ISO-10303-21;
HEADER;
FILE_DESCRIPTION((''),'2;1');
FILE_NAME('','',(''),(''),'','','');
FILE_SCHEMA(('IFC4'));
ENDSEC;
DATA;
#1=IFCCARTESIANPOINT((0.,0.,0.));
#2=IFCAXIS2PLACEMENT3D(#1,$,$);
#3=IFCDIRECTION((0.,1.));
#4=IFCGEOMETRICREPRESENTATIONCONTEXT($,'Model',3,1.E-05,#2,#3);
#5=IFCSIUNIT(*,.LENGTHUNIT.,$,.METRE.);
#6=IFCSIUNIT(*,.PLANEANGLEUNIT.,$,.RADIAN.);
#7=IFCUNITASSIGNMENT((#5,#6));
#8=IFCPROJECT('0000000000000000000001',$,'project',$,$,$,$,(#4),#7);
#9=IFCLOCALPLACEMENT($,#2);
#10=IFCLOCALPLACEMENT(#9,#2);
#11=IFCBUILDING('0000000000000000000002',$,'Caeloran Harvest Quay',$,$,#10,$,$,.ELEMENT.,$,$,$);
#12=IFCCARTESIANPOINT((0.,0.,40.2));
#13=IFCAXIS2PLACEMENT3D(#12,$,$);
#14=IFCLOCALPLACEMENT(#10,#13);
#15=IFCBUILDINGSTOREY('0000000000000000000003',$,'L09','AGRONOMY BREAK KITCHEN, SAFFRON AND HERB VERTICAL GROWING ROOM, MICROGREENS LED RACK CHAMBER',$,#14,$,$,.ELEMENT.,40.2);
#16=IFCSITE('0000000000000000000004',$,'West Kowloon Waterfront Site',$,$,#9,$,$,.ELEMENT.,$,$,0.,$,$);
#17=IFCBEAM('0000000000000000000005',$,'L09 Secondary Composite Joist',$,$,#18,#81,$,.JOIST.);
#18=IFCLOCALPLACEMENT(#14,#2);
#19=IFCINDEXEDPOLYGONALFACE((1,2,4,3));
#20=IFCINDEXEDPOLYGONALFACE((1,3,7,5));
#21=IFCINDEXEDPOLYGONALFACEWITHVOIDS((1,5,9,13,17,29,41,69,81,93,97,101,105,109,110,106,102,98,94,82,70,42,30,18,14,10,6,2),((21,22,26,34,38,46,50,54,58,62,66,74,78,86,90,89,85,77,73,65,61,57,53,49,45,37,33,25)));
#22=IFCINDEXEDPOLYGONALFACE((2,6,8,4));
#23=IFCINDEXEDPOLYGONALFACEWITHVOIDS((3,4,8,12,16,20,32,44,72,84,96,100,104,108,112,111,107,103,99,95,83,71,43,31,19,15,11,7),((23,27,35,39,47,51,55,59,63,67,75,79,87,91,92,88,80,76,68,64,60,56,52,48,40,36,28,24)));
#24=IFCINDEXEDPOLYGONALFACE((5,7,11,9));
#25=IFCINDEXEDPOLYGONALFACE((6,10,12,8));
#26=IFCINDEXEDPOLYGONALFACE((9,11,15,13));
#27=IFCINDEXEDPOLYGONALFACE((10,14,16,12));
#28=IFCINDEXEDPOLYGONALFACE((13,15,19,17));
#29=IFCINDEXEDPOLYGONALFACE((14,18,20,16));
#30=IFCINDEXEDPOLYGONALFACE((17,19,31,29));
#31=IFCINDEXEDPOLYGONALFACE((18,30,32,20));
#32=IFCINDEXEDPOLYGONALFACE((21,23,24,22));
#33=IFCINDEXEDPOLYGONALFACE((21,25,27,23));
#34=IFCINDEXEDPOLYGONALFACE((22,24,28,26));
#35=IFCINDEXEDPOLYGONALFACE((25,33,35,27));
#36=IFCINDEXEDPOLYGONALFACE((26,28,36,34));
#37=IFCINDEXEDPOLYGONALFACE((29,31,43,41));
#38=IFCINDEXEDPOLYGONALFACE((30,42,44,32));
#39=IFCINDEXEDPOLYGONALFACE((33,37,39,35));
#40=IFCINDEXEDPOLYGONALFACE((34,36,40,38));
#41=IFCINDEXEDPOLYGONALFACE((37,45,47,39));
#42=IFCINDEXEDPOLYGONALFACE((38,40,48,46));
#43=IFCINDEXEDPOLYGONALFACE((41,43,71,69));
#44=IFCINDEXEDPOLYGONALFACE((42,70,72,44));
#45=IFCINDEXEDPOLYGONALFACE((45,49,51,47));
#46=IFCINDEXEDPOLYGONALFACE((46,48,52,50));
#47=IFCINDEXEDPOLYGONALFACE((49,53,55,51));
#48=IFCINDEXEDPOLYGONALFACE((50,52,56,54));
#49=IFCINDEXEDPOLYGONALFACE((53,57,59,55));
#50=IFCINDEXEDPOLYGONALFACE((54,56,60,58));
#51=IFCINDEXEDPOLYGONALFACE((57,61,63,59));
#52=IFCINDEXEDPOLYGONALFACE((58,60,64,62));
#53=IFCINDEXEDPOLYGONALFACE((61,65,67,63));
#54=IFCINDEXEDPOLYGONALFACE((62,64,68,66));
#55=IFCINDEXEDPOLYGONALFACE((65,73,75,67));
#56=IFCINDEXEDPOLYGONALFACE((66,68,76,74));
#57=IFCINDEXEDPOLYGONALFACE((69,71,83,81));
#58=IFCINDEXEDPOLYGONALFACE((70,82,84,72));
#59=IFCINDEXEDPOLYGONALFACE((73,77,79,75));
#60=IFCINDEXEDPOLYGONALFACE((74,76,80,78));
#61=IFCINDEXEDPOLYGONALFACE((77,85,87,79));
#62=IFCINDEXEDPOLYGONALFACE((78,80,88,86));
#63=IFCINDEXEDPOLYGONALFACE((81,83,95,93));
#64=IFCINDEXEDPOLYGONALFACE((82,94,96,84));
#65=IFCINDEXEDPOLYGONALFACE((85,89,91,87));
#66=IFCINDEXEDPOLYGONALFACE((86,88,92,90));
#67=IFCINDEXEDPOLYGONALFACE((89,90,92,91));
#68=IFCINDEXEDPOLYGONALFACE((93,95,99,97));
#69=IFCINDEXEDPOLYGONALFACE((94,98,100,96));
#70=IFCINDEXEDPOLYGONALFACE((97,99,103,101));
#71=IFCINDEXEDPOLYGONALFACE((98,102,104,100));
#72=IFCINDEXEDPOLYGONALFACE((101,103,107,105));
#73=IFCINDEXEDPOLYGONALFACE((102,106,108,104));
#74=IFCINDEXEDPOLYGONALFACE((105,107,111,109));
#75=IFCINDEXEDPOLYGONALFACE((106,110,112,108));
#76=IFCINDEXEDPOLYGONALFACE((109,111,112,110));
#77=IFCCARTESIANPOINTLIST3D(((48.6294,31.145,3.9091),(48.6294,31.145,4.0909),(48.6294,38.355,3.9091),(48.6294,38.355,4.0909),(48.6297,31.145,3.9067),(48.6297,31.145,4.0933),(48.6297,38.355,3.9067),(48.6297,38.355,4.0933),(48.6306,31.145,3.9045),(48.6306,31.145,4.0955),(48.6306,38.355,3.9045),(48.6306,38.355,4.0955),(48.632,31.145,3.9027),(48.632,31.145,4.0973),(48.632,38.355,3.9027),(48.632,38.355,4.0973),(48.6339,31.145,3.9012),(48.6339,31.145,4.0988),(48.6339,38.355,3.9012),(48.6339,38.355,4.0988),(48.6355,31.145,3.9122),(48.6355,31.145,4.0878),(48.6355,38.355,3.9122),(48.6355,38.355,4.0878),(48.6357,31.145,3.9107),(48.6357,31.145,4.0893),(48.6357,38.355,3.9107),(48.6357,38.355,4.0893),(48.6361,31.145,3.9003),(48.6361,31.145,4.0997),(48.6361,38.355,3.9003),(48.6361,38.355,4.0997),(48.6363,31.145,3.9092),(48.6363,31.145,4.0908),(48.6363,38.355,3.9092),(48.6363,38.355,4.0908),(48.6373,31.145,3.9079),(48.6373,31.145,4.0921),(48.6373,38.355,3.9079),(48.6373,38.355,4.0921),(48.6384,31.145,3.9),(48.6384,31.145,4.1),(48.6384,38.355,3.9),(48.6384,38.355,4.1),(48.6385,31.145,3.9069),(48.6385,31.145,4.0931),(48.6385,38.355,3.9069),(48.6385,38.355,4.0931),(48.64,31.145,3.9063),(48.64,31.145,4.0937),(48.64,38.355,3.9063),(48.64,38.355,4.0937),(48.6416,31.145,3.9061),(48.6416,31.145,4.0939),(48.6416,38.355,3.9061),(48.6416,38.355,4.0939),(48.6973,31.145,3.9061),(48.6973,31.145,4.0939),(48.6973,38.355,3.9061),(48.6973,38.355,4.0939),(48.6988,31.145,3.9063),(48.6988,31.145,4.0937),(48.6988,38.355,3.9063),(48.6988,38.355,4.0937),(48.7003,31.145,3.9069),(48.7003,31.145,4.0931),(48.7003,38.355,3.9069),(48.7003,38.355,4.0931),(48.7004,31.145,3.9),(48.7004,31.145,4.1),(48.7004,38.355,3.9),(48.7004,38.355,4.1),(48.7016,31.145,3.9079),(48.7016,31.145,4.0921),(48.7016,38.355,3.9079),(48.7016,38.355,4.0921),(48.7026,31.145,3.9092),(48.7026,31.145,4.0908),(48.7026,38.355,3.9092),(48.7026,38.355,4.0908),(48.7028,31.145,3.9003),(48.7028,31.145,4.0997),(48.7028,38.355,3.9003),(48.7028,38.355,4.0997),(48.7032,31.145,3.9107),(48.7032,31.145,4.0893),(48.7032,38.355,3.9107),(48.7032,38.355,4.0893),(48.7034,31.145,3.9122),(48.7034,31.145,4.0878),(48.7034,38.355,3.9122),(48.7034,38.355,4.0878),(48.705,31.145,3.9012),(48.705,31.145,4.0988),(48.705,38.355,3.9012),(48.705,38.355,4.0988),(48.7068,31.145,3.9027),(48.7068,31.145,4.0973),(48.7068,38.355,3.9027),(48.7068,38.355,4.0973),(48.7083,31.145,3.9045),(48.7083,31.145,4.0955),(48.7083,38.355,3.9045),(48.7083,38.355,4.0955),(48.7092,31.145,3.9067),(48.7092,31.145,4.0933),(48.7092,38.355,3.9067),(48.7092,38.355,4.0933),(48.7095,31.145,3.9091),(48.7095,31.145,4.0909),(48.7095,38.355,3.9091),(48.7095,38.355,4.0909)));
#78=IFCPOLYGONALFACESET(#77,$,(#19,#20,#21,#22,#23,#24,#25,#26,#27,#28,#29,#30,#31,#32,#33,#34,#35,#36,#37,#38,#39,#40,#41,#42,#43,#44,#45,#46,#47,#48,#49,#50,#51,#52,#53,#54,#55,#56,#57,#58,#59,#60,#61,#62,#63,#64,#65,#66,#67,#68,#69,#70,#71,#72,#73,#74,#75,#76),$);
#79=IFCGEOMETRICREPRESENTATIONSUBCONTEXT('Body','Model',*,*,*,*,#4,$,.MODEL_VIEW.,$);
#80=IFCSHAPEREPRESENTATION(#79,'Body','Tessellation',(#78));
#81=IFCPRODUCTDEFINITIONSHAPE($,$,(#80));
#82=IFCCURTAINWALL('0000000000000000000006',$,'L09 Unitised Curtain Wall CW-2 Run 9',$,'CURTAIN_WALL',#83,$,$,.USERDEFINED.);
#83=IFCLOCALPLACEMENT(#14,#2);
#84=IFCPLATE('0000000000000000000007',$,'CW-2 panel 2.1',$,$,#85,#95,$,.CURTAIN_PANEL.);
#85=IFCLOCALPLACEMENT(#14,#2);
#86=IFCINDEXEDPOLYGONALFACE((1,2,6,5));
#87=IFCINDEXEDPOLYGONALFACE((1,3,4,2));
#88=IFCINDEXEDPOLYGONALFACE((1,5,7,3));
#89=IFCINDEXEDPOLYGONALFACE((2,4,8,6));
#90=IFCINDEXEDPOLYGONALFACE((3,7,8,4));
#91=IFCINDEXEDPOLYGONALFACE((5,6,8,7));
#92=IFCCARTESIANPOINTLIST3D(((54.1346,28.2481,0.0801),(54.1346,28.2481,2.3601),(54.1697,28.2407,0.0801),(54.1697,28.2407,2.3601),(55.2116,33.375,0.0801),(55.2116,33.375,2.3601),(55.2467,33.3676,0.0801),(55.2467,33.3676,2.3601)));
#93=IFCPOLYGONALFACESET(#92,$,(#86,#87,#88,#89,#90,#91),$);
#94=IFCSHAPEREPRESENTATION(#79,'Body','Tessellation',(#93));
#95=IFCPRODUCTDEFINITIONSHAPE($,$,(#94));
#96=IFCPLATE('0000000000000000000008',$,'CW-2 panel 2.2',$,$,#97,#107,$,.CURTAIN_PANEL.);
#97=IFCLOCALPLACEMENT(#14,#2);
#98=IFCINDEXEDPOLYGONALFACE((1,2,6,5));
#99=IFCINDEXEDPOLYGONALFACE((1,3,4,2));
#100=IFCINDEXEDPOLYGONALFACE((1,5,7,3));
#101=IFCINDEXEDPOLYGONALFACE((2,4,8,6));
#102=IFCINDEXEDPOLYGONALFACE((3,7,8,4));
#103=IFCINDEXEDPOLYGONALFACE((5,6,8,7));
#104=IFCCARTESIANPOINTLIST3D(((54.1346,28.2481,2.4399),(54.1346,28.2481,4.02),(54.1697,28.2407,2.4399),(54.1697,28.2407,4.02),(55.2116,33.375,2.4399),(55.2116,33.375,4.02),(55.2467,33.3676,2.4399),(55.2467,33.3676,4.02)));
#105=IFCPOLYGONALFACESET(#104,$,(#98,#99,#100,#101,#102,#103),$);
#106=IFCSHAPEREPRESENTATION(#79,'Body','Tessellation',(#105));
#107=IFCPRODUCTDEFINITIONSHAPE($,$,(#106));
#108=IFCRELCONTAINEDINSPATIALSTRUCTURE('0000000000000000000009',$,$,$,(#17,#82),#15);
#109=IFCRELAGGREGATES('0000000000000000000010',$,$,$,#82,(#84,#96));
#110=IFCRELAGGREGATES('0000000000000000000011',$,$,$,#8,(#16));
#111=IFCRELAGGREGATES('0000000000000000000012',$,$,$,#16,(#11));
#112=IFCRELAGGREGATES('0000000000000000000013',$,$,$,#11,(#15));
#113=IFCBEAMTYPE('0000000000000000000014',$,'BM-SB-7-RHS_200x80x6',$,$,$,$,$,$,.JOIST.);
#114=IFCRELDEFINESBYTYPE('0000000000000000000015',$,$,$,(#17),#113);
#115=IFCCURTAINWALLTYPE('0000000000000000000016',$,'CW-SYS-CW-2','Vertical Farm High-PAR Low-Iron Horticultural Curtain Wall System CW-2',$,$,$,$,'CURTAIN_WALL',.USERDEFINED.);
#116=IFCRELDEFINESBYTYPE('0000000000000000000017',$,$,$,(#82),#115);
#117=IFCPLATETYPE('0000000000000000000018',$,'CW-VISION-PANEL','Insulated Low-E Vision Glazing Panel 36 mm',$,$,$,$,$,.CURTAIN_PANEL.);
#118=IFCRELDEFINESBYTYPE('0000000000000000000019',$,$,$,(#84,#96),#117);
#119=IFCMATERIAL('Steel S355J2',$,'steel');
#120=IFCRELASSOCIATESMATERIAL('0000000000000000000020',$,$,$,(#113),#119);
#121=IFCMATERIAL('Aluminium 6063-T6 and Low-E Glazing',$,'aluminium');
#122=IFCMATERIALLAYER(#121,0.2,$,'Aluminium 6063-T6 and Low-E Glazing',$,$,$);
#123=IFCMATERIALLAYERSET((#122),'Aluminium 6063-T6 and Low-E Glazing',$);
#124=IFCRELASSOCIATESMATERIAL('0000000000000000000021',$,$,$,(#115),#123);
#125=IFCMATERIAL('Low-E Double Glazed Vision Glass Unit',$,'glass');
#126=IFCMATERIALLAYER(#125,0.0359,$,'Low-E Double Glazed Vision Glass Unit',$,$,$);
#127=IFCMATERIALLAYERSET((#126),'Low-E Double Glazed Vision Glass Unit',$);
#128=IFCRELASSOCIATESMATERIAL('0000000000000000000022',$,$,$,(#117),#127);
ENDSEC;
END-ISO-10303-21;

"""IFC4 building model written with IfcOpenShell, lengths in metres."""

from ifc_helpers import new_model, si_unit, direction, frame, origin, origin_2d, place, context, subcontext, project, spatial, rectangle, hollow_rectangle, extrude, material, layer, layer_set, material_profile, profile_set, type_object, element, aggregate, save


model = new_model("IFC4")

# Units and contexts
model_context = context("Model", 3, precision=1e-05, world=origin(), true_north=direction((0.0, 1.0)))
body_context = subcontext(model_context, "Body", "Model", "MODEL_VIEW")
ifc_project = project(units=[si_unit("LENGTHUNIT", "METRE"), si_unit("PLANEANGLEUNIT", "RADIAN")], contexts=[model_context])

# Site, building, storey
site_placement = place(None, origin())
site = spatial("IfcSite", under=ifc_project, at=site_placement, Name="West Kowloon Waterfront Site", CompositionType="ELEMENT", RefElevation=0.0)
building_placement = place(site_placement, origin())
building = spatial("IfcBuilding", under=site, at=building_placement, Name="Caeloran Harvest Quay", CompositionType="ELEMENT")
storey_placement = place(building_placement, frame((0.0, 0.0, 40.2)))
storey = spatial("IfcBuildingStorey", under=building, at=storey_placement, Name="L09", Description="AGRONOMY BREAK KITCHEN, SAFFRON AND HERB VERTICAL GROWING ROOM, MICROGREENS LED RACK CHAMBER", CompositionType="ELEMENT", Elevation=40.2)

# Beam
ifc_material_1 = material(Name="Steel S355J2", Category="steel")
ifc_material_profile_1 = material_profile(ifc_material_1, hollow_rectangle(XDim=0.0801, YDim=0.2, WallThickness=0.0061, InnerFilletRadius=0.0061, OuterFilletRadius=0.009, at=origin_2d()), Name="RHS 200x80x6")
ifc_profile_set_1 = profile_set([ifc_material_profile_1], Name="Steel S355J2")
beam_type_1 = type_object("IfcBeamType", Name="BM-SB-7-RHS_200x80x6", PredefinedType="JOIST", material=ifc_profile_set_1)
for number, where, z_axis, x_axis, name in (
    (1, (48.6694, 31.145, 4.0), (0.0, 1.0, 0.0), (-1.0, 0.0, 0.0), "L09 Secondary Composite Joist"),
):
    element("IfcBeam", number, at=place(storey_placement, frame(where, z_axis=z_axis, x_axis=x_axis)), inside=storey, type_object=beam_type_1, Name=name, PredefinedType="JOIST", context=body_context, shape_type="SweptSolid", body=[
        extrude(hollow_rectangle(XDim=0.0801, YDim=0.2, WallThickness=0.0061, InnerFilletRadius=0.0061, OuterFilletRadius=0.009, at=origin_2d()), origin(), (0.0, 0.0, 1.0), 7.21),
    ])

# Curtain wall, plates
ifc_material_2 = material(Name="Aluminium 6063-T6 and Low-E Glazing", Category="aluminium")
ifc_layer_1 = layer(ifc_material_2, 0.2, Name="Aluminium 6063-T6 and Low-E Glazing")
ifc_layer_set_1 = layer_set([ifc_layer_1], Name="Aluminium 6063-T6 and Low-E Glazing")
curtain_wall_type = type_object("IfcCurtainWallType", Name="CW-SYS-CW-2", Description="Vertical Farm High-PAR Low-Iron Horticultural Curtain Wall System CW-2", ElementType="CURTAIN_WALL", PredefinedType="USERDEFINED", material=ifc_layer_set_1)
curtain_wall_placement = place(storey_placement, origin())
curtain_wall = element("IfcCurtainWall", 2, at=curtain_wall_placement, inside=storey, type_object=curtain_wall_type, Name="L09 Unitised Curtain Wall CW-2 Run 9", ObjectType="CURTAIN_WALL", PredefinedType="USERDEFINED")
ifc_material_3 = material(Name="Low-E Double Glazed Vision Glass Unit", Category="glass")
ifc_layer_2 = layer(ifc_material_3, 0.0359, Name="Low-E Double Glazed Vision Glass Unit")
ifc_layer_set_2 = layer_set([ifc_layer_2], Name="Low-E Double Glazed Vision Glass Unit")
plate_type = type_object("IfcPlateType", Name="CW-VISION-PANEL", Description="Insulated Low-E Vision Glazing Panel 36 mm", PredefinedType="CURTAIN_PANEL", material=ifc_layer_set_2)
plate_1_placement = place(storey_placement, frame((54.6907, 30.8079, 0.0801), z_axis=(0.0, 0.0, 1.0), x_axis=(-0.205583, -0.97864, 0.0)))
plate_1 = element("IfcPlate", 3, at=plate_1_placement, type_object=plate_type, Name="CW-2 panel 2.1", PredefinedType="CURTAIN_PANEL", context=body_context, shape_type="SweptSolid", body=[
    extrude(rectangle(XDim=5.2388, YDim=0.0359, at=origin_2d()), origin(), (0.0, 0.0, 1.0), 2.28),
])
plate_2_placement = place(storey_placement, frame((54.6907, 30.8079, 2.4399), z_axis=(0.0, 0.0, 1.0), x_axis=(-0.205583, -0.97864, 0.0)))
plate_2 = element("IfcPlate", 4, at=plate_2_placement, type_object=plate_type, Name="CW-2 panel 2.2", PredefinedType="CURTAIN_PANEL", context=body_context, shape_type="SweptSolid", body=[
    extrude(rectangle(XDim=5.2388, YDim=0.0359, at=origin_2d()), origin(), (0.0, 0.0, 1.0), 1.5801),
])
aggregate(curtain_wall, [plate_1, plate_2])

save(model, "model.ifc")
